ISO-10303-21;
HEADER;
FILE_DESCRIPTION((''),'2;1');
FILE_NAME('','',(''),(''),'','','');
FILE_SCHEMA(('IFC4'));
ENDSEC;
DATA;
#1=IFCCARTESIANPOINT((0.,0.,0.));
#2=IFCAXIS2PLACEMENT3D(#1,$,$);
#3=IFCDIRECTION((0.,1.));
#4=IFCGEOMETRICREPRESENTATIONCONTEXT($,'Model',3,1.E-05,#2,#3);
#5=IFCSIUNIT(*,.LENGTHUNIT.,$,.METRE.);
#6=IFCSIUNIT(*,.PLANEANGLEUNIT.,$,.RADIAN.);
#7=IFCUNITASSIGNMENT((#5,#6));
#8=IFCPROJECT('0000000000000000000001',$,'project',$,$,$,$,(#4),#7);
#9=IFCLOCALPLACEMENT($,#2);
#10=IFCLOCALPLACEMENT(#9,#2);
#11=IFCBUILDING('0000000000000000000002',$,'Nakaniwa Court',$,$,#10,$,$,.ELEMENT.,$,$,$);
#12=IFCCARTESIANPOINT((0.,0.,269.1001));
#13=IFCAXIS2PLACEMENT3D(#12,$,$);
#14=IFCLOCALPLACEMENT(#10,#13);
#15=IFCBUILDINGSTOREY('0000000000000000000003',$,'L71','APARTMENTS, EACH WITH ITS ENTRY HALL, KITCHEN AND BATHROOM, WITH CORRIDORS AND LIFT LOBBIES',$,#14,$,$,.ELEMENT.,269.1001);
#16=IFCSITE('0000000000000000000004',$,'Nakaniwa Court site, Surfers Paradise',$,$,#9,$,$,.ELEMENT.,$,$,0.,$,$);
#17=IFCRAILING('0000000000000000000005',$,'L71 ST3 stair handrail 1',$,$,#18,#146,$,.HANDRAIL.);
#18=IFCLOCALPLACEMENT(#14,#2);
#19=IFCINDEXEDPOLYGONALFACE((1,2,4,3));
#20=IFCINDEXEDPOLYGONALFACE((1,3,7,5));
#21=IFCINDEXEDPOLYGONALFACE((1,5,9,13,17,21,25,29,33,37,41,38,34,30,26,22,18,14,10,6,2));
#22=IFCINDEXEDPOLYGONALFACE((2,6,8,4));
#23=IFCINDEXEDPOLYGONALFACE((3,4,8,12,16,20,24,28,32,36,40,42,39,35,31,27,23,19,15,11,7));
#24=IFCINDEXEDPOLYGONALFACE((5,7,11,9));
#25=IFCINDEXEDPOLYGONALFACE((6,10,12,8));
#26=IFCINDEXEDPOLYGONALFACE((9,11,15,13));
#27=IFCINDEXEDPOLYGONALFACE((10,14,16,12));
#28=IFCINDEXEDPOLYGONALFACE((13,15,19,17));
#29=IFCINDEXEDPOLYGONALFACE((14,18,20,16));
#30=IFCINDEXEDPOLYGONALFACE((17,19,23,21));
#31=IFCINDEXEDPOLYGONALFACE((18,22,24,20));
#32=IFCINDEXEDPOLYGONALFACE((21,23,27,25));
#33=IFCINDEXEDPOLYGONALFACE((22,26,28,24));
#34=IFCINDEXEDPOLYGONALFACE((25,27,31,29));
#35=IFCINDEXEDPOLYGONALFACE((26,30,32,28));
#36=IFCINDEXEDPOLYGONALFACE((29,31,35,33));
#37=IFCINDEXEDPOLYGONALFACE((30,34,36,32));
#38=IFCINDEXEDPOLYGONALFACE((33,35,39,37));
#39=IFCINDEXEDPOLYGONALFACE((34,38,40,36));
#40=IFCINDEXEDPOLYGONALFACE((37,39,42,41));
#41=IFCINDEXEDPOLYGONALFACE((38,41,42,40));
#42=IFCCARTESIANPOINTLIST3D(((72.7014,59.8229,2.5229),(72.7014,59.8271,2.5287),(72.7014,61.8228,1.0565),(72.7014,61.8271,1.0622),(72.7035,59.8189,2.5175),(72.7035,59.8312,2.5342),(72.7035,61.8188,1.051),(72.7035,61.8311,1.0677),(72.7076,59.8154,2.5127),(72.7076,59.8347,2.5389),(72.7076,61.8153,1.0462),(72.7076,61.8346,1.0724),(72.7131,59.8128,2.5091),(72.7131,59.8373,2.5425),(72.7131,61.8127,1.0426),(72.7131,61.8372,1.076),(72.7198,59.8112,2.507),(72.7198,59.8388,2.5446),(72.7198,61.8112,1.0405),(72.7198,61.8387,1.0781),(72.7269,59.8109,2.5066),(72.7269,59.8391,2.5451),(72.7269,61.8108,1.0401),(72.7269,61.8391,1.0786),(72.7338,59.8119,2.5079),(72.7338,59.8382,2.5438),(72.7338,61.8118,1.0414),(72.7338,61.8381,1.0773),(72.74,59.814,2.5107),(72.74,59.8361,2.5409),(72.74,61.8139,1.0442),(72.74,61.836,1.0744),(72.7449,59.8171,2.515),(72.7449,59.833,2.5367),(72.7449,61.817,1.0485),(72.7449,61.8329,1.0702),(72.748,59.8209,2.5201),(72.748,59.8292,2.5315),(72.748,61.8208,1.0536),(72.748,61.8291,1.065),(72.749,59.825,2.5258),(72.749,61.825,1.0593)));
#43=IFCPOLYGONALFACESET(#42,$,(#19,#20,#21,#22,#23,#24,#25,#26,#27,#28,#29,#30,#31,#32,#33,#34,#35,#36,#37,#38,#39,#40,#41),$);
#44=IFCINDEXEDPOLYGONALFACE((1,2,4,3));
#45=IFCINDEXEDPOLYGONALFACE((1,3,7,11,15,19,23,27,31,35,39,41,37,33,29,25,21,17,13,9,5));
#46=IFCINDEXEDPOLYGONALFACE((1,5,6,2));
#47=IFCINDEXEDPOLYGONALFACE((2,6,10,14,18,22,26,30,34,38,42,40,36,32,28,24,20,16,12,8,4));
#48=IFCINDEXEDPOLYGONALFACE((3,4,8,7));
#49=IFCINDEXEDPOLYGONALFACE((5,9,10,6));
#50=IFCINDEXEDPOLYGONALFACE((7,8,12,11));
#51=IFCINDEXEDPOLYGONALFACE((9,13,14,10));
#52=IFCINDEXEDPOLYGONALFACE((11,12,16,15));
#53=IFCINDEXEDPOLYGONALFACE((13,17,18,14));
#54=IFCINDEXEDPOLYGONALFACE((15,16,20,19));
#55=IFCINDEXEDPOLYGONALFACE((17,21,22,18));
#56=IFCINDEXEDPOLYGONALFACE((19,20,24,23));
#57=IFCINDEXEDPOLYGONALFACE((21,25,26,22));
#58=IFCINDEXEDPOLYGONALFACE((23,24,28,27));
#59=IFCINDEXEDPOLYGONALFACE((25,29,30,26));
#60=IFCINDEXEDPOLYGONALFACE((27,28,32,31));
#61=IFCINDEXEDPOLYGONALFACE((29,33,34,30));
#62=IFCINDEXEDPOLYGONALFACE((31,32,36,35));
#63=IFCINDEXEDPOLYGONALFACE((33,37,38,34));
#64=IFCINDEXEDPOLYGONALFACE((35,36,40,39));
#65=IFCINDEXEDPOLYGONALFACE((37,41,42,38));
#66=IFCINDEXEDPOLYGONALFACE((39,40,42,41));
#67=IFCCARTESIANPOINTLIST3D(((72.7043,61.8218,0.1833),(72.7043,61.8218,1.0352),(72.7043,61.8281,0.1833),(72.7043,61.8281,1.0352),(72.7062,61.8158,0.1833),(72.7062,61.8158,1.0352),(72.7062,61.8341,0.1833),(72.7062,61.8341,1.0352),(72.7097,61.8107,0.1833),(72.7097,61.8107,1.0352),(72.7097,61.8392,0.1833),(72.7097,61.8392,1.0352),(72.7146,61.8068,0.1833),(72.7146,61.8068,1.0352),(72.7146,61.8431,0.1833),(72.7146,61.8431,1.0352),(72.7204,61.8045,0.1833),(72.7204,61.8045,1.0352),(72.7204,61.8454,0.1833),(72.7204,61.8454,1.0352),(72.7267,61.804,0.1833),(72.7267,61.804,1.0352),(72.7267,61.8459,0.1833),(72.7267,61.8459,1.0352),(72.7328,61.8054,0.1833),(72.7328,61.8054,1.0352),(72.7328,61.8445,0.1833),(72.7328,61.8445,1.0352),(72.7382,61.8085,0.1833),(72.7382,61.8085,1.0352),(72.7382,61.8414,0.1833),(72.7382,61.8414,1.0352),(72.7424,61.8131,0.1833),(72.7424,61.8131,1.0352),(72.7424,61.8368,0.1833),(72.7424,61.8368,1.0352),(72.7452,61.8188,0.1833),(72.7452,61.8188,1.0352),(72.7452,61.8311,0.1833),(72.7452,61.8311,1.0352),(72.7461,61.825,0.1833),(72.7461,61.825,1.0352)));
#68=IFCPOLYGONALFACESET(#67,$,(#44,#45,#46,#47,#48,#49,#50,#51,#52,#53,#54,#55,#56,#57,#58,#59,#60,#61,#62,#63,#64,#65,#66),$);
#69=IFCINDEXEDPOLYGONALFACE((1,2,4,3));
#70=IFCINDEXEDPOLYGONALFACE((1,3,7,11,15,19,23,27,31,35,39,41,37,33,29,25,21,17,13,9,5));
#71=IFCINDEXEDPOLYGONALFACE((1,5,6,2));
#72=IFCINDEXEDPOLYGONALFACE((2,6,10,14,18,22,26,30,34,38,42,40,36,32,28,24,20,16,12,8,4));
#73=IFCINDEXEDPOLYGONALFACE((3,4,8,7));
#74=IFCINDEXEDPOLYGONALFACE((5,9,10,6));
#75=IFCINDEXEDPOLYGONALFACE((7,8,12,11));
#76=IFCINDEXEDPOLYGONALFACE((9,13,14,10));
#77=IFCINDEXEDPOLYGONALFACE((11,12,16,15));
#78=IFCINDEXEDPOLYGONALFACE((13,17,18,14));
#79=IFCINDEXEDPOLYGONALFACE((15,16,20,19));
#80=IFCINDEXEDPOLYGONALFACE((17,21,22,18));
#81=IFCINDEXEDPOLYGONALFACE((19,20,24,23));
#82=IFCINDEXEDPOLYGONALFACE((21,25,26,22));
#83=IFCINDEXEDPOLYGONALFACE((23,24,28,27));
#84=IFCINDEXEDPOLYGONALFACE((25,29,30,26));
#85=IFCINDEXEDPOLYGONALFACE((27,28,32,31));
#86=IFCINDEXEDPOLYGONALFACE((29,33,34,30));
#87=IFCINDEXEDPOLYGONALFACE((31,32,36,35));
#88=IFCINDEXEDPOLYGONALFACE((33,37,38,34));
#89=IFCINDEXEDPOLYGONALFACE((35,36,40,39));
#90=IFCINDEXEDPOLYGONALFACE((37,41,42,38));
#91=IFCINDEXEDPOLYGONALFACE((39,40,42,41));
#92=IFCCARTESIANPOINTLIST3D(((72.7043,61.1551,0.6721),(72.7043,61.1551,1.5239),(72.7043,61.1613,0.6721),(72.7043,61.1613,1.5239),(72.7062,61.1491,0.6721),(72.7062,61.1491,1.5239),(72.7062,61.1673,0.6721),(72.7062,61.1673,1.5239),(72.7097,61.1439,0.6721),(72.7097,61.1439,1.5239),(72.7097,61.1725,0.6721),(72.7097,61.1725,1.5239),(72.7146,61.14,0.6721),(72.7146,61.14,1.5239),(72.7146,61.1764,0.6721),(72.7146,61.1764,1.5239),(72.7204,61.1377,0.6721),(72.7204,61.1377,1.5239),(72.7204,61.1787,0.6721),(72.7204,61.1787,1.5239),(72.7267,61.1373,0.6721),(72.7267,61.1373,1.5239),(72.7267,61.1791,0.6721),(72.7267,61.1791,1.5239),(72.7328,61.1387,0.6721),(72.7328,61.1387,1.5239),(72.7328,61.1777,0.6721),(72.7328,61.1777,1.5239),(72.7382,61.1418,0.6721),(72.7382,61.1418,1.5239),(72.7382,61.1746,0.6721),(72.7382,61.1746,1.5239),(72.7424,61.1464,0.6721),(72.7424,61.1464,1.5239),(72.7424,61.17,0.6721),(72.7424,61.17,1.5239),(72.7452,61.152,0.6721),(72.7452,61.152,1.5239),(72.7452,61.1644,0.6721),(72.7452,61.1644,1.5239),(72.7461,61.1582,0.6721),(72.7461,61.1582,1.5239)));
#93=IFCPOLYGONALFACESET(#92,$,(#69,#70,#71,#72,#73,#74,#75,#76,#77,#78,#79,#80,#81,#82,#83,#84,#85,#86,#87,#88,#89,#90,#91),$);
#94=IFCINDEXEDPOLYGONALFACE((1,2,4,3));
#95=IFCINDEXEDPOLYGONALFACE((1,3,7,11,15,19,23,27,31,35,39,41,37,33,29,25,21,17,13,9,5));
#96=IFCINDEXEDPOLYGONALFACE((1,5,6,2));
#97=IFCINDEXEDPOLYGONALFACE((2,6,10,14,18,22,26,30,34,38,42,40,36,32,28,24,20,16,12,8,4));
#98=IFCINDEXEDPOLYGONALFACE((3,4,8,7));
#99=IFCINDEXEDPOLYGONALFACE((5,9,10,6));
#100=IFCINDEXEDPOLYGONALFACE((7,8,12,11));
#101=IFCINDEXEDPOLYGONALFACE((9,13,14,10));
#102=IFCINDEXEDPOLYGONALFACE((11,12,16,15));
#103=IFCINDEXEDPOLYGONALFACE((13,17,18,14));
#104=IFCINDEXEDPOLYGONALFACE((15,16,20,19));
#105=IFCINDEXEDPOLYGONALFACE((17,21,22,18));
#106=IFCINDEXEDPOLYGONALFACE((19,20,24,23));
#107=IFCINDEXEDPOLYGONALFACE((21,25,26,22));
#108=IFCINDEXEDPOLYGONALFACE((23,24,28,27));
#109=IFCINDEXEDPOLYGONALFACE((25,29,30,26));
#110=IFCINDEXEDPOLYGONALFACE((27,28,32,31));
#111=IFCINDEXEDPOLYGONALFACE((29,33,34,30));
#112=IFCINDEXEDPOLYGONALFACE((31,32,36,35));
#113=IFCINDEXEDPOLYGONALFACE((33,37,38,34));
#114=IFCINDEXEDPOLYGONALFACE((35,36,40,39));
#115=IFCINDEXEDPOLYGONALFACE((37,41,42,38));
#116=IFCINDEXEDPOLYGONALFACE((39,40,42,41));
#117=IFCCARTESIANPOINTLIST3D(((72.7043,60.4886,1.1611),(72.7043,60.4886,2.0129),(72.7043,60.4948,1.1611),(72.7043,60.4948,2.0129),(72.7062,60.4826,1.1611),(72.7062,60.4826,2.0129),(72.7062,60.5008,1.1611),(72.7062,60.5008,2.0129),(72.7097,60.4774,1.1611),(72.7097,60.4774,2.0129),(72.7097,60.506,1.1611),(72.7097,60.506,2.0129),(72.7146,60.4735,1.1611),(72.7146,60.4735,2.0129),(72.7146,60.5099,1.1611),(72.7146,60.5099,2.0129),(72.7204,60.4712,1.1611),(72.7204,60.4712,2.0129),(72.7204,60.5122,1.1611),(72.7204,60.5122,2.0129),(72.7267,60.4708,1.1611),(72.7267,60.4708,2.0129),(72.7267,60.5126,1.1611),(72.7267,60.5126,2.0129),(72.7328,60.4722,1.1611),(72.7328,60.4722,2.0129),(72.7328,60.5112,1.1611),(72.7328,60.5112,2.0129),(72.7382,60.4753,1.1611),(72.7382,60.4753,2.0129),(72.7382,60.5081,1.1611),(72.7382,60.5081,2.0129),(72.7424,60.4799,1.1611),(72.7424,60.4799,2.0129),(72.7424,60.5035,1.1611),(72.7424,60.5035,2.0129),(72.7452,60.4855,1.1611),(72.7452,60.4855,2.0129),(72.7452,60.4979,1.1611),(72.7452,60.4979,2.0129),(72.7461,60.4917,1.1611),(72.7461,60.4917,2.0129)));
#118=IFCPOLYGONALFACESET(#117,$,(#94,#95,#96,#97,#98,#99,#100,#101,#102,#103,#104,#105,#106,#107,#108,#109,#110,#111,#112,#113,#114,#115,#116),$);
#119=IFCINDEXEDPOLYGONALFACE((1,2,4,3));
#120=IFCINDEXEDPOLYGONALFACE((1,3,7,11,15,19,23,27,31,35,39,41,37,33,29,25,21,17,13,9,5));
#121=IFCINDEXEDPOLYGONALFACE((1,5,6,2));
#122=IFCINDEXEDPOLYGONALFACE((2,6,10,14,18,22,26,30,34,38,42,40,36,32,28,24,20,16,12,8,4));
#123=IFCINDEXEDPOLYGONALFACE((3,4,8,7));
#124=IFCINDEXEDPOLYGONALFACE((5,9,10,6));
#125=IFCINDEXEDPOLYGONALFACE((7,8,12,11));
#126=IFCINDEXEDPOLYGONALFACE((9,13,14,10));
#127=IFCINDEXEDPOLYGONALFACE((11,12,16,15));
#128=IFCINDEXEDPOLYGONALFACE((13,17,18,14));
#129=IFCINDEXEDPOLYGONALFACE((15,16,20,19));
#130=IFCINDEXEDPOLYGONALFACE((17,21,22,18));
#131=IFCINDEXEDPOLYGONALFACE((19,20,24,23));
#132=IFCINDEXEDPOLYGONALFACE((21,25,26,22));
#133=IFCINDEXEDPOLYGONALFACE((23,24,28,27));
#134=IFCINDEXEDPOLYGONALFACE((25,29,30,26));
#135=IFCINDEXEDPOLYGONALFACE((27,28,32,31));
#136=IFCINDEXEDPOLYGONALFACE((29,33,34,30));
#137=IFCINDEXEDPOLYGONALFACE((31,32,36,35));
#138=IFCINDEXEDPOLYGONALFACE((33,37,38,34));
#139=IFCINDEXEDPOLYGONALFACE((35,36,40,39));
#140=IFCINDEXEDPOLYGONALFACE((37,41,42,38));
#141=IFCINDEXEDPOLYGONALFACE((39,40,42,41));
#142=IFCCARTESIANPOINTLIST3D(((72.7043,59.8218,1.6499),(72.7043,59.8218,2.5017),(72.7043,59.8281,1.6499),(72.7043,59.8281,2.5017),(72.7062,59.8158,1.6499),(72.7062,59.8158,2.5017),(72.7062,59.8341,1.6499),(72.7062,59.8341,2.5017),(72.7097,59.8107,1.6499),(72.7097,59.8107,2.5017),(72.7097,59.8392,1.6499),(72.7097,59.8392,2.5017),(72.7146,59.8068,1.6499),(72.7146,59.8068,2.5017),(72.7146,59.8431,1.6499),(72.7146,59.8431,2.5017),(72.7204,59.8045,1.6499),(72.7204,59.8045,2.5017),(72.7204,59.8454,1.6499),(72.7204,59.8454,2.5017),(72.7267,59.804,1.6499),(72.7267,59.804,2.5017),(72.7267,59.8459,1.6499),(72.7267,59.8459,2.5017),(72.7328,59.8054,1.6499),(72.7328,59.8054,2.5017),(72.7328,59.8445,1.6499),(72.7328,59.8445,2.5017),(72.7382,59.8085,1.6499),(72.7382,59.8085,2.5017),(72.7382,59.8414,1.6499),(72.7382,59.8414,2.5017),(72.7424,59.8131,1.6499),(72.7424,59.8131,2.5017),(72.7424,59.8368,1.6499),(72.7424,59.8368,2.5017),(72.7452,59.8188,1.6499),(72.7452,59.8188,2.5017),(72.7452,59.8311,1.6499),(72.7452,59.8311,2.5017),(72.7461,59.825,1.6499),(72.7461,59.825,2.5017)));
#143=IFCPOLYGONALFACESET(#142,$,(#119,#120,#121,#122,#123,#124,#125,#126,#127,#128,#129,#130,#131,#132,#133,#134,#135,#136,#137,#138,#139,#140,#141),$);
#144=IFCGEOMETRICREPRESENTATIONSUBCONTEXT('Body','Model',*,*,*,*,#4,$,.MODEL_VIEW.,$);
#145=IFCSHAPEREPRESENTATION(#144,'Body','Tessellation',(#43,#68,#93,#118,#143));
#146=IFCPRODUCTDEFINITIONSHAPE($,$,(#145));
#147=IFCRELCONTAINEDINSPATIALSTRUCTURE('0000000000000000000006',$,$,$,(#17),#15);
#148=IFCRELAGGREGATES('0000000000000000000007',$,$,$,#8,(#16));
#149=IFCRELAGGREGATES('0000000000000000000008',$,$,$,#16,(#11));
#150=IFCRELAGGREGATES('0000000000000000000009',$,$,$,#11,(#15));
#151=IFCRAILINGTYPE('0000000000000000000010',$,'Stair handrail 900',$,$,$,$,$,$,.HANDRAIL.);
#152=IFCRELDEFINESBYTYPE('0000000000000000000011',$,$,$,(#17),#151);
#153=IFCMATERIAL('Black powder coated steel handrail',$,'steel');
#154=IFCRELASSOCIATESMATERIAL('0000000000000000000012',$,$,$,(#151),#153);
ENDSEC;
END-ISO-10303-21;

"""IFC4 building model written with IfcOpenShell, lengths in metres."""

from ifc_helpers import new_model, si_unit, direction, frame, origin, origin_2d, place, context, subcontext, project, spatial, circle, extrude, material, type_object, element, save


model = new_model("IFC4")

# Units and contexts
model_context = context("Model", 3, precision=1e-05, world=origin(), true_north=direction((0.0, 1.0)))
body_context = subcontext(model_context, "Body", "Model", "MODEL_VIEW")
ifc_project = project(units=[si_unit("LENGTHUNIT", "METRE"), si_unit("PLANEANGLEUNIT", "RADIAN")], contexts=[model_context])

# Site, building, storey
site_placement = place(None, origin())
site = spatial("IfcSite", under=ifc_project, at=site_placement, Name="Nakaniwa Court site, Surfers Paradise", CompositionType="ELEMENT", RefElevation=0.0)
building_placement = place(site_placement, origin())
building = spatial("IfcBuilding", under=site, at=building_placement, Name="Nakaniwa Court", CompositionType="ELEMENT")
storey_placement = place(building_placement, frame((0.0, 0.0, 269.1001)))
storey = spatial("IfcBuildingStorey", under=building, at=storey_placement, Name="L71", Description="APARTMENTS, EACH WITH ITS ENTRY HALL, KITCHEN AND BATHROOM, WITH CORRIDORS AND LIFT LOBBIES", CompositionType="ELEMENT", Elevation=269.1001)

# Railing
ifc_material_1 = material(Name="Black powder coated steel handrail", Category="steel")
railing_type_1 = type_object("IfcRailingType", Name="Stair handrail 900", PredefinedType="HANDRAIL", material=ifc_material_1)
railing_1_placement = place(storey_placement, frame((72.7251, 61.825, 0.1833)))
element("IfcRailing", 1, at=railing_1_placement, inside=storey, type_object=railing_type_1, Name="L71 ST3 stair handrail 1", PredefinedType="HANDRAIL", context=body_context, shape_type="SweptSolid", body=[
    extrude(circle(Radius=0.0239, at=origin_2d()), frame((0.0, 0.0, 0.876), z_axis=(0.0, -0.806427, 0.591334), x_axis=(1.0, 0.0, 0.0)), (0.0, 0.0, 1.0), 2.48),
    extrude(circle(Radius=0.021, at=origin_2d()), origin(), (0.0, 0.0, 1.0), 0.8518),
    extrude(circle(Radius=0.021, at=origin_2d()), frame((0.0, -0.6667, 0.4888)), (0.0, 0.0, 1.0), 0.8518),
    extrude(circle(Radius=0.021, at=origin_2d()), frame((0.0, -1.3333, 0.9778)), (0.0, 0.0, 1.0), 0.8518),
    extrude(circle(Radius=0.021, at=origin_2d()), frame((0.0, -2.0, 1.4666)), (0.0, 0.0, 1.0), 0.8518),
])

save(model, "model.ifc")
